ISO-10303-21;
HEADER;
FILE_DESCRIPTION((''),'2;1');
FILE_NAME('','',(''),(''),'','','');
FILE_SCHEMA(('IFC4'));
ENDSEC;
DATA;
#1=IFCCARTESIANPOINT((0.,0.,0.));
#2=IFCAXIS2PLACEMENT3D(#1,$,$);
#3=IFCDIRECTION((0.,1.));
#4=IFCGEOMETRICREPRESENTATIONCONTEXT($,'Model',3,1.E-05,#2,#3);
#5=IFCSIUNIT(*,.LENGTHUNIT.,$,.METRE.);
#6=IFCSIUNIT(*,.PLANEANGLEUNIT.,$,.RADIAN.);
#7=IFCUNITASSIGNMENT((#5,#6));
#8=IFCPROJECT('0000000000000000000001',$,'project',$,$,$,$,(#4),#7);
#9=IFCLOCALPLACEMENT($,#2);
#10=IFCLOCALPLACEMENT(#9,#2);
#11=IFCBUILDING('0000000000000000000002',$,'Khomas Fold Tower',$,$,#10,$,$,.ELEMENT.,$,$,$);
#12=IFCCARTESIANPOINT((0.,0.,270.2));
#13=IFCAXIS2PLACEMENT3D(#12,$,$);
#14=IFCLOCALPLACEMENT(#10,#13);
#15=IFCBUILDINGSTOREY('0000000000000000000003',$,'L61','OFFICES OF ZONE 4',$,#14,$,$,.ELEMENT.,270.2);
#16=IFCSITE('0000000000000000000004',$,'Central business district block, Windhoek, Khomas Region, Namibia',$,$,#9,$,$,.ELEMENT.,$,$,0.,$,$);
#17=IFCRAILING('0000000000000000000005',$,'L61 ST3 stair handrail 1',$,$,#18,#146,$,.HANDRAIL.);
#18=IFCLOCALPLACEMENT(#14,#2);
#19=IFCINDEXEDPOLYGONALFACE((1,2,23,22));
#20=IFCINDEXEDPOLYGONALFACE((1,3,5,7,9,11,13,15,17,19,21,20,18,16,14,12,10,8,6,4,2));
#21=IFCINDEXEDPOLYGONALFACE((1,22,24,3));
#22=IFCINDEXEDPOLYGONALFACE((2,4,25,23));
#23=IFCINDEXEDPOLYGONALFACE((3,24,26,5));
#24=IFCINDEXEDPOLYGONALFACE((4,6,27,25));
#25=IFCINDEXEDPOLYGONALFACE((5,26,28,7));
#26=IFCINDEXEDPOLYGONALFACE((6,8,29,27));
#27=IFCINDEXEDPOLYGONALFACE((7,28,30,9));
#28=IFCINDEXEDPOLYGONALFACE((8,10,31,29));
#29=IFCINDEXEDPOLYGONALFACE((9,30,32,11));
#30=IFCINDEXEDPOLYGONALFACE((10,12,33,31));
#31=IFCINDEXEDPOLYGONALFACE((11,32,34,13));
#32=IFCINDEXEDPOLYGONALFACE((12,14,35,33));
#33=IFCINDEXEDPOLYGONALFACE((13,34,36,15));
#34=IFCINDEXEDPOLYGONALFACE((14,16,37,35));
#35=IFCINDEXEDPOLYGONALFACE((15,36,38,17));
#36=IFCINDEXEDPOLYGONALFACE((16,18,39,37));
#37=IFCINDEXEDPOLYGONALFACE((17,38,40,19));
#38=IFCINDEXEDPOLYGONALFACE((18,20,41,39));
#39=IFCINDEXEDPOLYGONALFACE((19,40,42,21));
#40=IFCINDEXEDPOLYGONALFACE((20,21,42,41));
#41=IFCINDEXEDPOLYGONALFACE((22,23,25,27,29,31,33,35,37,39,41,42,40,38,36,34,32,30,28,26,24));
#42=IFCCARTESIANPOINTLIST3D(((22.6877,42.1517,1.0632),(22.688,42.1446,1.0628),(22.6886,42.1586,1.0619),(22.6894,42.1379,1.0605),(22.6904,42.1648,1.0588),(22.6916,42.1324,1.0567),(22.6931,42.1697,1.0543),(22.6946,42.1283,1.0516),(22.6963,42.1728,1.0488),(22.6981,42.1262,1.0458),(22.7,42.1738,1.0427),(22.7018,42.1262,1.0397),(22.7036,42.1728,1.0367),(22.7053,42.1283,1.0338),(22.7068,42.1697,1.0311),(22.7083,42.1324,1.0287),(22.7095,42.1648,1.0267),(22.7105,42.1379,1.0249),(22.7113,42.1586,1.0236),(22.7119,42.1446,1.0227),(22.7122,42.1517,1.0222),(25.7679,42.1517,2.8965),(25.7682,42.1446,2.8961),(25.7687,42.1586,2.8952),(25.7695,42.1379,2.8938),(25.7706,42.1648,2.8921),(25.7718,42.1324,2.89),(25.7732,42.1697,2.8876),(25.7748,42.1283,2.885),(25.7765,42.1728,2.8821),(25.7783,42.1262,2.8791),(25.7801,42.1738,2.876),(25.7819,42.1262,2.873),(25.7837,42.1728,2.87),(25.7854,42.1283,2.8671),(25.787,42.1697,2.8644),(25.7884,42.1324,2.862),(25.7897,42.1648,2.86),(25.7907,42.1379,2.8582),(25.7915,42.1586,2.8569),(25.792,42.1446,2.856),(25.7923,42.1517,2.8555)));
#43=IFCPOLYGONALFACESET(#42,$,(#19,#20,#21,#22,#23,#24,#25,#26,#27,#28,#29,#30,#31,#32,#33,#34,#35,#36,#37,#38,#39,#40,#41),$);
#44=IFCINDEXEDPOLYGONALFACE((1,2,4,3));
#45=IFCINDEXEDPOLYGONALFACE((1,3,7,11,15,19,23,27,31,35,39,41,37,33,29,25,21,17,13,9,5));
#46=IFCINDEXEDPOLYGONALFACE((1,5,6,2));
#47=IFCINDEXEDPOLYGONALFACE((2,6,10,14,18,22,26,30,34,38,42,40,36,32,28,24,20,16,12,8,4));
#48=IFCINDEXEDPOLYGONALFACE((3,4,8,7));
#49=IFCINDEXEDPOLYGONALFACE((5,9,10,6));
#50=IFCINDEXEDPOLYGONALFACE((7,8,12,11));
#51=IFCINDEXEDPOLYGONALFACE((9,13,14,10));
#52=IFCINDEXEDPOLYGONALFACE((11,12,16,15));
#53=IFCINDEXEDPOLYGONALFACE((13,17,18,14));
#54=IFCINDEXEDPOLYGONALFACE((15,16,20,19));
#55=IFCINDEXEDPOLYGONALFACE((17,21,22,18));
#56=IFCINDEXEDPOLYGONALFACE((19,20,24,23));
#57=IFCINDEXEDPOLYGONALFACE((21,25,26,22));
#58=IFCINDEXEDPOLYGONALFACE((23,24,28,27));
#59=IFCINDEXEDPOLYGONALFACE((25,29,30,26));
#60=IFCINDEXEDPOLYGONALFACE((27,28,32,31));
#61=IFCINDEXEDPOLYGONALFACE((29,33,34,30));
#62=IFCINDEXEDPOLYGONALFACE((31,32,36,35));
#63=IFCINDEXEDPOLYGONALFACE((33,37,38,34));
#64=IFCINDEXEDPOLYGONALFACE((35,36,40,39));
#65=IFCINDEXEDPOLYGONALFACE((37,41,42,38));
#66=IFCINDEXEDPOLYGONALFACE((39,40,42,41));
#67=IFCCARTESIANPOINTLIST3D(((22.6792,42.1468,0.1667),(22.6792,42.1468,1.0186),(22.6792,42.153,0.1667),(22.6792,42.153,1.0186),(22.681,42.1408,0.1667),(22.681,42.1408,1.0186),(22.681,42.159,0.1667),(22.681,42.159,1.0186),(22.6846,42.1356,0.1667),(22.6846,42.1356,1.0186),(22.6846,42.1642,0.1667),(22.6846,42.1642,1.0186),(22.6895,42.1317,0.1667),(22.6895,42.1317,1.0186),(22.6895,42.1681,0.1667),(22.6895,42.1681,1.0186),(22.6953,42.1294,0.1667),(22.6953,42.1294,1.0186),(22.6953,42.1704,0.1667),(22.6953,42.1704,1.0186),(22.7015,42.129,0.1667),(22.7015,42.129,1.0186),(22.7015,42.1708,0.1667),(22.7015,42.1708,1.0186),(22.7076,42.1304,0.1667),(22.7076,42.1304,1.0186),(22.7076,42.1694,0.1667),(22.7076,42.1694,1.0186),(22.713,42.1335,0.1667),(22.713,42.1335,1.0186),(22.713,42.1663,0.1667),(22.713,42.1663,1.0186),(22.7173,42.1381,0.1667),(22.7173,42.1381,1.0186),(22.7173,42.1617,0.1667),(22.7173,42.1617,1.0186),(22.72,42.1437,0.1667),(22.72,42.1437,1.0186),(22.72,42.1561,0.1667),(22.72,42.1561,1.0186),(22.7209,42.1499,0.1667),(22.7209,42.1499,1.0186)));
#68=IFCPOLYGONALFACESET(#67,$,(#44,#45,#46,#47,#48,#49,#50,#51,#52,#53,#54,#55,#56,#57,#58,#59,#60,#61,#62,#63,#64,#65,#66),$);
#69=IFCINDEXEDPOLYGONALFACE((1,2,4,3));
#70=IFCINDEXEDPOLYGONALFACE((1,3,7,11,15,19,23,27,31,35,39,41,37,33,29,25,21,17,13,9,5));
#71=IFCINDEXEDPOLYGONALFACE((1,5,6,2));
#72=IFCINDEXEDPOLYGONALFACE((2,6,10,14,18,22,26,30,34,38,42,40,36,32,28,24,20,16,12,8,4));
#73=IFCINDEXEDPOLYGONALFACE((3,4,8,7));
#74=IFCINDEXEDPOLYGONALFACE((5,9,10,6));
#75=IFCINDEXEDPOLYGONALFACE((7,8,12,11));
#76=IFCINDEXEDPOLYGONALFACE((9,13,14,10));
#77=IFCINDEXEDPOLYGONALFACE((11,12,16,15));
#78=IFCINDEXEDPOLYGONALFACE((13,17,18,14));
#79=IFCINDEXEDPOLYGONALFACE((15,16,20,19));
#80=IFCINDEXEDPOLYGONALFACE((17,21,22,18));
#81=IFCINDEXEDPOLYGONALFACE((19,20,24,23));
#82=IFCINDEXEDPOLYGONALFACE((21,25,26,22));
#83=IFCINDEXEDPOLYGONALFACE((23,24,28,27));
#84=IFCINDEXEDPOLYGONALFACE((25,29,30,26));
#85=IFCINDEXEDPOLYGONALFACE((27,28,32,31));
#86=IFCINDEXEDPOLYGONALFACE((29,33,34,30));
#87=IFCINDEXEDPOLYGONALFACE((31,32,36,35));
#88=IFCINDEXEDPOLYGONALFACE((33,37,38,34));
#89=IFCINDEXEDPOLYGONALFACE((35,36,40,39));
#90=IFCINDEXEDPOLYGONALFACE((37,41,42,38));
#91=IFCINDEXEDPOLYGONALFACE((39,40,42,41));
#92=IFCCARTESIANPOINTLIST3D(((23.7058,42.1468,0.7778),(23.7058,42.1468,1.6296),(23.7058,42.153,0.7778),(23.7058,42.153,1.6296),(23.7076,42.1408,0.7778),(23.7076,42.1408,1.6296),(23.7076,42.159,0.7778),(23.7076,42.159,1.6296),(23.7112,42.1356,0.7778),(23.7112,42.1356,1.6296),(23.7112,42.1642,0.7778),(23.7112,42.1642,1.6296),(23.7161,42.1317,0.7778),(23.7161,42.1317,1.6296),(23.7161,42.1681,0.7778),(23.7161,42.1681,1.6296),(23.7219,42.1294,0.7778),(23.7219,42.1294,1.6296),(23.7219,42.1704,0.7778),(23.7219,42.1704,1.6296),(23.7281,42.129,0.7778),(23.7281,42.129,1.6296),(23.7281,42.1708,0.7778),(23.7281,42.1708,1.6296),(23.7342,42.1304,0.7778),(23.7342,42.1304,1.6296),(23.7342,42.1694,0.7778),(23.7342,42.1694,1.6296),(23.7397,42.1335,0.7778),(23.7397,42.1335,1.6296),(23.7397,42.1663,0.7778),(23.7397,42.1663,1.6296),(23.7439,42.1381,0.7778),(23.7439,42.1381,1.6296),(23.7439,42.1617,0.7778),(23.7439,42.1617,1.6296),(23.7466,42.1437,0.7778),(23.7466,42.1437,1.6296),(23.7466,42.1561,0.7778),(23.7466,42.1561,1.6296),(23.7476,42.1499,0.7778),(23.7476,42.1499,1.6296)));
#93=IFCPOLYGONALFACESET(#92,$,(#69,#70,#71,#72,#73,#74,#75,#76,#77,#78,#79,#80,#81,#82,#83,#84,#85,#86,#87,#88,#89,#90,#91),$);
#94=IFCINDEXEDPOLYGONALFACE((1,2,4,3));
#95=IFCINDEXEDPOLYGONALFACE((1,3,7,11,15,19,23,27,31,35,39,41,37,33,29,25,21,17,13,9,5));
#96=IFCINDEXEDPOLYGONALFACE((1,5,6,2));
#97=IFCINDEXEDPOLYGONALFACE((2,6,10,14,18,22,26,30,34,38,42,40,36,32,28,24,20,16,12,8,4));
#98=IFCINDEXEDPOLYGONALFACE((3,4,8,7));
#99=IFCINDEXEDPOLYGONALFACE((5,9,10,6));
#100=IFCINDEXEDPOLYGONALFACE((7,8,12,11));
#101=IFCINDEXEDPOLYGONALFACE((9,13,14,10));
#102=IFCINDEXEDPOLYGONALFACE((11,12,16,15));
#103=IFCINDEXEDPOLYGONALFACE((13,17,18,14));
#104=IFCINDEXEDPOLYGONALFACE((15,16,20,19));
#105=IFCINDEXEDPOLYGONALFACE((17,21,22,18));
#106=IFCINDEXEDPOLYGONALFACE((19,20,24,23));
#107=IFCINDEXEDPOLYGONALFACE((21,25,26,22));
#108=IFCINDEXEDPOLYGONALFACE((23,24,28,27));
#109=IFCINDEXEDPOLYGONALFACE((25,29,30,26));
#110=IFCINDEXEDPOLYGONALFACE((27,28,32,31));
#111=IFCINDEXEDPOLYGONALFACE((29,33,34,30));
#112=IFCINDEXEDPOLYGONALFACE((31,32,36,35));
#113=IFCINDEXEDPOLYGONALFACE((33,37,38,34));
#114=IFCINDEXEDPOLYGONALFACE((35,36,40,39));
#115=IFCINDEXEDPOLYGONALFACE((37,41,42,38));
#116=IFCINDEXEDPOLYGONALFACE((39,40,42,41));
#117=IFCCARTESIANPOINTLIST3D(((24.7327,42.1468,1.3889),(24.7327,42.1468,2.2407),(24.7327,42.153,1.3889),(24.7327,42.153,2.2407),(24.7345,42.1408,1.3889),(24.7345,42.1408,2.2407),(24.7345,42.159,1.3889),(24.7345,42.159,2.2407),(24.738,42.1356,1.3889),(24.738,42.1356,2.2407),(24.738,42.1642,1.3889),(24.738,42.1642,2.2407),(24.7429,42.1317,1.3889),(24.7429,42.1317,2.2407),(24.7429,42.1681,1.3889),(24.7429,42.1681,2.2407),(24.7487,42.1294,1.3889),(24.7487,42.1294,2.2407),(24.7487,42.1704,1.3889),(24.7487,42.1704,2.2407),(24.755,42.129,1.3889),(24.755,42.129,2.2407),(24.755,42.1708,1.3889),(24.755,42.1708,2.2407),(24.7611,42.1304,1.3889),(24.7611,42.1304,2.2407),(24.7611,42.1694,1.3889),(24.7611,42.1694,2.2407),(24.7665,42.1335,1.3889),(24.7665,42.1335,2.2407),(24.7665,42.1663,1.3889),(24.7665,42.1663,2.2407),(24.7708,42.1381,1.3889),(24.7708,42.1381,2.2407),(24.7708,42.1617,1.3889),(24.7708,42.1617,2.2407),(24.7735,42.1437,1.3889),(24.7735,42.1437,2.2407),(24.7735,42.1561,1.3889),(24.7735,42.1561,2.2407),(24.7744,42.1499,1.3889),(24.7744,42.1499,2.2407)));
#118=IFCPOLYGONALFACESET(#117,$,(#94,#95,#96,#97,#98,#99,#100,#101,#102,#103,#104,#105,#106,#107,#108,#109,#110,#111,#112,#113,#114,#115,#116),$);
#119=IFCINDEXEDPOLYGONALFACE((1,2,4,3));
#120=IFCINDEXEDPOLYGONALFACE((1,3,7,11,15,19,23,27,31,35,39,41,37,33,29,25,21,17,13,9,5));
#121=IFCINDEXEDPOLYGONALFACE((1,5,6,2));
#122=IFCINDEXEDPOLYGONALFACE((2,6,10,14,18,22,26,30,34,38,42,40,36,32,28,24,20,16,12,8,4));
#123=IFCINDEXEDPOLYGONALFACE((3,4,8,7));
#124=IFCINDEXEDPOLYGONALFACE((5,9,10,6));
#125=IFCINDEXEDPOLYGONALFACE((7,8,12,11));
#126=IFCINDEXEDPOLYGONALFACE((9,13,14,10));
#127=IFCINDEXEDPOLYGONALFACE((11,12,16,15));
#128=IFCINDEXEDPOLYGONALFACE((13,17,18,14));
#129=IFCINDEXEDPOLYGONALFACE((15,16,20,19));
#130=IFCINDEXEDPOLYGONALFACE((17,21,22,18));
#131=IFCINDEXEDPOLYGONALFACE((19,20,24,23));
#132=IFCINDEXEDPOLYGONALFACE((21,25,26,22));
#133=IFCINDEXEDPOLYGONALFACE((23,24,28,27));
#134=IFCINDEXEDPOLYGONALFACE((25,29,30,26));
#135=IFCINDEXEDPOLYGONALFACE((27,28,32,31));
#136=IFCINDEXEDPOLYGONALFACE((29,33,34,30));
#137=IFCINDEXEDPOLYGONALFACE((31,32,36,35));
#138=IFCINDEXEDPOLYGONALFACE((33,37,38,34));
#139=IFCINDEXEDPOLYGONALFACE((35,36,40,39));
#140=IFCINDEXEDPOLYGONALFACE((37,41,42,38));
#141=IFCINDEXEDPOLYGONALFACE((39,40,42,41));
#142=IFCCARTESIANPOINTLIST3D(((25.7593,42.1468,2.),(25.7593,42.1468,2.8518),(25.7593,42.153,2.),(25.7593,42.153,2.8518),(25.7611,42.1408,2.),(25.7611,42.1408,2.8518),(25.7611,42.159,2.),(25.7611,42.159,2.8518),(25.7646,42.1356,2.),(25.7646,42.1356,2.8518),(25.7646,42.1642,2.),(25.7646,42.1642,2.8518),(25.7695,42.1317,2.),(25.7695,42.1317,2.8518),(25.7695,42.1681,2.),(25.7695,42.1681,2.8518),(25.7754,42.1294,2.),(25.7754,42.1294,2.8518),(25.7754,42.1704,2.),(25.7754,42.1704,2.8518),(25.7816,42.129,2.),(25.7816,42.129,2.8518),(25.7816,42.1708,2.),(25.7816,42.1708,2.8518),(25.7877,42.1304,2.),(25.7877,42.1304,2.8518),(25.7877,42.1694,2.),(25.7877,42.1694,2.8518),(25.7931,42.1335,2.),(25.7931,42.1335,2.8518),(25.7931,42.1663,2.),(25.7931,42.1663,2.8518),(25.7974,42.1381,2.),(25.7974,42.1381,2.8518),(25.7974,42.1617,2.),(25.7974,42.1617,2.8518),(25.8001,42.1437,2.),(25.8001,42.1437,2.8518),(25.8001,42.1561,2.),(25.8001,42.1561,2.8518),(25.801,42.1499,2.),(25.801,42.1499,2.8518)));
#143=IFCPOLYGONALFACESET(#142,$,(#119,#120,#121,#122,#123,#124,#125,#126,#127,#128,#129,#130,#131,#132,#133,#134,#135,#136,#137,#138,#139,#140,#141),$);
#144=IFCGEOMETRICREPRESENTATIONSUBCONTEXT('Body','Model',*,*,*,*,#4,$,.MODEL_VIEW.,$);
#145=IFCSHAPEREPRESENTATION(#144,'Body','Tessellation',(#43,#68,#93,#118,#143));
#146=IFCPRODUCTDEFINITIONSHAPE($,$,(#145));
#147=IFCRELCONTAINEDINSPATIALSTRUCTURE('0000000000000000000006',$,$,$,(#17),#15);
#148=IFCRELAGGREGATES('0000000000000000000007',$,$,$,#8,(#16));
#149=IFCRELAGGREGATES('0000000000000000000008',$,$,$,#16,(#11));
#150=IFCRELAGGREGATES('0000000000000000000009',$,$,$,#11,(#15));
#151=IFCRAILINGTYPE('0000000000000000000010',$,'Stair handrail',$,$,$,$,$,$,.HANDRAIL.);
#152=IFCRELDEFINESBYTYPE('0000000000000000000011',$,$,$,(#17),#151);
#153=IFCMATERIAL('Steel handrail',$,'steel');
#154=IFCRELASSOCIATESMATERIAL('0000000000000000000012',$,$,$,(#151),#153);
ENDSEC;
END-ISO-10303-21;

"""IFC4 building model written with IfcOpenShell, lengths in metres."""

from ifc_helpers import new_model, si_unit, direction, frame, origin, origin_2d, place, context, subcontext, project, spatial, circle, extrude, source, transform, mapped, material, type_object, element, save


model = new_model("IFC4")

# Units and contexts
model_context = context("Model", 3, precision=1e-05, world=origin(), true_north=direction((0.0, 1.0)))
body_context = subcontext(model_context, "Body", "Model", "MODEL_VIEW")
ifc_project = project(units=[si_unit("LENGTHUNIT", "METRE"), si_unit("PLANEANGLEUNIT", "RADIAN")], contexts=[model_context])

# Site, building, storey
site_placement = place(None, origin())
site = spatial("IfcSite", under=ifc_project, at=site_placement, Name="Central business district block, Windhoek, Khomas Region, Namibia", CompositionType="ELEMENT", RefElevation=0.0)
building_placement = place(site_placement, origin())
building = spatial("IfcBuilding", under=site, at=building_placement, Name="Khomas Fold Tower", CompositionType="ELEMENT")
storey_placement = place(building_placement, frame((0.0, 0.0, 270.2)))
storey = spatial("IfcBuildingStorey", under=building, at=storey_placement, Name="L61", Description="OFFICES OF ZONE 4", CompositionType="ELEMENT", Elevation=270.2)

# Railing
ifc_material_1 = material(Name="Steel handrail", Category="steel")
railing_type_1 = type_object("IfcRailingType", Name="Stair handrail", PredefinedType="HANDRAIL", material=ifc_material_1)
shared_shape_1 = source(origin(), body_context, "Body", "SweptSolid", [
    extrude(circle(Radius=0.0239, at=origin_2d()), frame((0.0, 0.0, 0.876), z_axis=(0.859309, 0.0, 0.511458), x_axis=(0.0, 1.0, 0.0)), (0.0, 0.0, 1.0), 3.5845),
    extrude(circle(Radius=0.021, at=origin_2d()), origin(), (0.0, 0.0, 1.0), 0.8518),
    extrude(circle(Radius=0.021, at=origin_2d()), frame((1.0266, 0.0, 0.6111)), (0.0, 0.0, 1.0), 0.8518),
    extrude(circle(Radius=0.021, at=origin_2d()), frame((2.0535, 0.0, 1.2222)), (0.0, 0.0, 1.0), 0.8518),
    extrude(circle(Radius=0.021, at=origin_2d()), frame((3.0801, 0.0, 1.8333)), (0.0, 0.0, 1.0), 0.8518),
])
railing_1_placement = place(storey_placement, frame((22.7, 42.1499, 0.1667)))
element("IfcRailing", 1, at=railing_1_placement, inside=storey, type_object=railing_type_1, Name="L61 ST3 stair handrail 1", PredefinedType="HANDRAIL", context=body_context, shape_type="MappedRepresentation", body=[
    mapped(shared_shape_1, transform((0.0, 0.0, 0.0))),
])

save(model, "model.ifc")
